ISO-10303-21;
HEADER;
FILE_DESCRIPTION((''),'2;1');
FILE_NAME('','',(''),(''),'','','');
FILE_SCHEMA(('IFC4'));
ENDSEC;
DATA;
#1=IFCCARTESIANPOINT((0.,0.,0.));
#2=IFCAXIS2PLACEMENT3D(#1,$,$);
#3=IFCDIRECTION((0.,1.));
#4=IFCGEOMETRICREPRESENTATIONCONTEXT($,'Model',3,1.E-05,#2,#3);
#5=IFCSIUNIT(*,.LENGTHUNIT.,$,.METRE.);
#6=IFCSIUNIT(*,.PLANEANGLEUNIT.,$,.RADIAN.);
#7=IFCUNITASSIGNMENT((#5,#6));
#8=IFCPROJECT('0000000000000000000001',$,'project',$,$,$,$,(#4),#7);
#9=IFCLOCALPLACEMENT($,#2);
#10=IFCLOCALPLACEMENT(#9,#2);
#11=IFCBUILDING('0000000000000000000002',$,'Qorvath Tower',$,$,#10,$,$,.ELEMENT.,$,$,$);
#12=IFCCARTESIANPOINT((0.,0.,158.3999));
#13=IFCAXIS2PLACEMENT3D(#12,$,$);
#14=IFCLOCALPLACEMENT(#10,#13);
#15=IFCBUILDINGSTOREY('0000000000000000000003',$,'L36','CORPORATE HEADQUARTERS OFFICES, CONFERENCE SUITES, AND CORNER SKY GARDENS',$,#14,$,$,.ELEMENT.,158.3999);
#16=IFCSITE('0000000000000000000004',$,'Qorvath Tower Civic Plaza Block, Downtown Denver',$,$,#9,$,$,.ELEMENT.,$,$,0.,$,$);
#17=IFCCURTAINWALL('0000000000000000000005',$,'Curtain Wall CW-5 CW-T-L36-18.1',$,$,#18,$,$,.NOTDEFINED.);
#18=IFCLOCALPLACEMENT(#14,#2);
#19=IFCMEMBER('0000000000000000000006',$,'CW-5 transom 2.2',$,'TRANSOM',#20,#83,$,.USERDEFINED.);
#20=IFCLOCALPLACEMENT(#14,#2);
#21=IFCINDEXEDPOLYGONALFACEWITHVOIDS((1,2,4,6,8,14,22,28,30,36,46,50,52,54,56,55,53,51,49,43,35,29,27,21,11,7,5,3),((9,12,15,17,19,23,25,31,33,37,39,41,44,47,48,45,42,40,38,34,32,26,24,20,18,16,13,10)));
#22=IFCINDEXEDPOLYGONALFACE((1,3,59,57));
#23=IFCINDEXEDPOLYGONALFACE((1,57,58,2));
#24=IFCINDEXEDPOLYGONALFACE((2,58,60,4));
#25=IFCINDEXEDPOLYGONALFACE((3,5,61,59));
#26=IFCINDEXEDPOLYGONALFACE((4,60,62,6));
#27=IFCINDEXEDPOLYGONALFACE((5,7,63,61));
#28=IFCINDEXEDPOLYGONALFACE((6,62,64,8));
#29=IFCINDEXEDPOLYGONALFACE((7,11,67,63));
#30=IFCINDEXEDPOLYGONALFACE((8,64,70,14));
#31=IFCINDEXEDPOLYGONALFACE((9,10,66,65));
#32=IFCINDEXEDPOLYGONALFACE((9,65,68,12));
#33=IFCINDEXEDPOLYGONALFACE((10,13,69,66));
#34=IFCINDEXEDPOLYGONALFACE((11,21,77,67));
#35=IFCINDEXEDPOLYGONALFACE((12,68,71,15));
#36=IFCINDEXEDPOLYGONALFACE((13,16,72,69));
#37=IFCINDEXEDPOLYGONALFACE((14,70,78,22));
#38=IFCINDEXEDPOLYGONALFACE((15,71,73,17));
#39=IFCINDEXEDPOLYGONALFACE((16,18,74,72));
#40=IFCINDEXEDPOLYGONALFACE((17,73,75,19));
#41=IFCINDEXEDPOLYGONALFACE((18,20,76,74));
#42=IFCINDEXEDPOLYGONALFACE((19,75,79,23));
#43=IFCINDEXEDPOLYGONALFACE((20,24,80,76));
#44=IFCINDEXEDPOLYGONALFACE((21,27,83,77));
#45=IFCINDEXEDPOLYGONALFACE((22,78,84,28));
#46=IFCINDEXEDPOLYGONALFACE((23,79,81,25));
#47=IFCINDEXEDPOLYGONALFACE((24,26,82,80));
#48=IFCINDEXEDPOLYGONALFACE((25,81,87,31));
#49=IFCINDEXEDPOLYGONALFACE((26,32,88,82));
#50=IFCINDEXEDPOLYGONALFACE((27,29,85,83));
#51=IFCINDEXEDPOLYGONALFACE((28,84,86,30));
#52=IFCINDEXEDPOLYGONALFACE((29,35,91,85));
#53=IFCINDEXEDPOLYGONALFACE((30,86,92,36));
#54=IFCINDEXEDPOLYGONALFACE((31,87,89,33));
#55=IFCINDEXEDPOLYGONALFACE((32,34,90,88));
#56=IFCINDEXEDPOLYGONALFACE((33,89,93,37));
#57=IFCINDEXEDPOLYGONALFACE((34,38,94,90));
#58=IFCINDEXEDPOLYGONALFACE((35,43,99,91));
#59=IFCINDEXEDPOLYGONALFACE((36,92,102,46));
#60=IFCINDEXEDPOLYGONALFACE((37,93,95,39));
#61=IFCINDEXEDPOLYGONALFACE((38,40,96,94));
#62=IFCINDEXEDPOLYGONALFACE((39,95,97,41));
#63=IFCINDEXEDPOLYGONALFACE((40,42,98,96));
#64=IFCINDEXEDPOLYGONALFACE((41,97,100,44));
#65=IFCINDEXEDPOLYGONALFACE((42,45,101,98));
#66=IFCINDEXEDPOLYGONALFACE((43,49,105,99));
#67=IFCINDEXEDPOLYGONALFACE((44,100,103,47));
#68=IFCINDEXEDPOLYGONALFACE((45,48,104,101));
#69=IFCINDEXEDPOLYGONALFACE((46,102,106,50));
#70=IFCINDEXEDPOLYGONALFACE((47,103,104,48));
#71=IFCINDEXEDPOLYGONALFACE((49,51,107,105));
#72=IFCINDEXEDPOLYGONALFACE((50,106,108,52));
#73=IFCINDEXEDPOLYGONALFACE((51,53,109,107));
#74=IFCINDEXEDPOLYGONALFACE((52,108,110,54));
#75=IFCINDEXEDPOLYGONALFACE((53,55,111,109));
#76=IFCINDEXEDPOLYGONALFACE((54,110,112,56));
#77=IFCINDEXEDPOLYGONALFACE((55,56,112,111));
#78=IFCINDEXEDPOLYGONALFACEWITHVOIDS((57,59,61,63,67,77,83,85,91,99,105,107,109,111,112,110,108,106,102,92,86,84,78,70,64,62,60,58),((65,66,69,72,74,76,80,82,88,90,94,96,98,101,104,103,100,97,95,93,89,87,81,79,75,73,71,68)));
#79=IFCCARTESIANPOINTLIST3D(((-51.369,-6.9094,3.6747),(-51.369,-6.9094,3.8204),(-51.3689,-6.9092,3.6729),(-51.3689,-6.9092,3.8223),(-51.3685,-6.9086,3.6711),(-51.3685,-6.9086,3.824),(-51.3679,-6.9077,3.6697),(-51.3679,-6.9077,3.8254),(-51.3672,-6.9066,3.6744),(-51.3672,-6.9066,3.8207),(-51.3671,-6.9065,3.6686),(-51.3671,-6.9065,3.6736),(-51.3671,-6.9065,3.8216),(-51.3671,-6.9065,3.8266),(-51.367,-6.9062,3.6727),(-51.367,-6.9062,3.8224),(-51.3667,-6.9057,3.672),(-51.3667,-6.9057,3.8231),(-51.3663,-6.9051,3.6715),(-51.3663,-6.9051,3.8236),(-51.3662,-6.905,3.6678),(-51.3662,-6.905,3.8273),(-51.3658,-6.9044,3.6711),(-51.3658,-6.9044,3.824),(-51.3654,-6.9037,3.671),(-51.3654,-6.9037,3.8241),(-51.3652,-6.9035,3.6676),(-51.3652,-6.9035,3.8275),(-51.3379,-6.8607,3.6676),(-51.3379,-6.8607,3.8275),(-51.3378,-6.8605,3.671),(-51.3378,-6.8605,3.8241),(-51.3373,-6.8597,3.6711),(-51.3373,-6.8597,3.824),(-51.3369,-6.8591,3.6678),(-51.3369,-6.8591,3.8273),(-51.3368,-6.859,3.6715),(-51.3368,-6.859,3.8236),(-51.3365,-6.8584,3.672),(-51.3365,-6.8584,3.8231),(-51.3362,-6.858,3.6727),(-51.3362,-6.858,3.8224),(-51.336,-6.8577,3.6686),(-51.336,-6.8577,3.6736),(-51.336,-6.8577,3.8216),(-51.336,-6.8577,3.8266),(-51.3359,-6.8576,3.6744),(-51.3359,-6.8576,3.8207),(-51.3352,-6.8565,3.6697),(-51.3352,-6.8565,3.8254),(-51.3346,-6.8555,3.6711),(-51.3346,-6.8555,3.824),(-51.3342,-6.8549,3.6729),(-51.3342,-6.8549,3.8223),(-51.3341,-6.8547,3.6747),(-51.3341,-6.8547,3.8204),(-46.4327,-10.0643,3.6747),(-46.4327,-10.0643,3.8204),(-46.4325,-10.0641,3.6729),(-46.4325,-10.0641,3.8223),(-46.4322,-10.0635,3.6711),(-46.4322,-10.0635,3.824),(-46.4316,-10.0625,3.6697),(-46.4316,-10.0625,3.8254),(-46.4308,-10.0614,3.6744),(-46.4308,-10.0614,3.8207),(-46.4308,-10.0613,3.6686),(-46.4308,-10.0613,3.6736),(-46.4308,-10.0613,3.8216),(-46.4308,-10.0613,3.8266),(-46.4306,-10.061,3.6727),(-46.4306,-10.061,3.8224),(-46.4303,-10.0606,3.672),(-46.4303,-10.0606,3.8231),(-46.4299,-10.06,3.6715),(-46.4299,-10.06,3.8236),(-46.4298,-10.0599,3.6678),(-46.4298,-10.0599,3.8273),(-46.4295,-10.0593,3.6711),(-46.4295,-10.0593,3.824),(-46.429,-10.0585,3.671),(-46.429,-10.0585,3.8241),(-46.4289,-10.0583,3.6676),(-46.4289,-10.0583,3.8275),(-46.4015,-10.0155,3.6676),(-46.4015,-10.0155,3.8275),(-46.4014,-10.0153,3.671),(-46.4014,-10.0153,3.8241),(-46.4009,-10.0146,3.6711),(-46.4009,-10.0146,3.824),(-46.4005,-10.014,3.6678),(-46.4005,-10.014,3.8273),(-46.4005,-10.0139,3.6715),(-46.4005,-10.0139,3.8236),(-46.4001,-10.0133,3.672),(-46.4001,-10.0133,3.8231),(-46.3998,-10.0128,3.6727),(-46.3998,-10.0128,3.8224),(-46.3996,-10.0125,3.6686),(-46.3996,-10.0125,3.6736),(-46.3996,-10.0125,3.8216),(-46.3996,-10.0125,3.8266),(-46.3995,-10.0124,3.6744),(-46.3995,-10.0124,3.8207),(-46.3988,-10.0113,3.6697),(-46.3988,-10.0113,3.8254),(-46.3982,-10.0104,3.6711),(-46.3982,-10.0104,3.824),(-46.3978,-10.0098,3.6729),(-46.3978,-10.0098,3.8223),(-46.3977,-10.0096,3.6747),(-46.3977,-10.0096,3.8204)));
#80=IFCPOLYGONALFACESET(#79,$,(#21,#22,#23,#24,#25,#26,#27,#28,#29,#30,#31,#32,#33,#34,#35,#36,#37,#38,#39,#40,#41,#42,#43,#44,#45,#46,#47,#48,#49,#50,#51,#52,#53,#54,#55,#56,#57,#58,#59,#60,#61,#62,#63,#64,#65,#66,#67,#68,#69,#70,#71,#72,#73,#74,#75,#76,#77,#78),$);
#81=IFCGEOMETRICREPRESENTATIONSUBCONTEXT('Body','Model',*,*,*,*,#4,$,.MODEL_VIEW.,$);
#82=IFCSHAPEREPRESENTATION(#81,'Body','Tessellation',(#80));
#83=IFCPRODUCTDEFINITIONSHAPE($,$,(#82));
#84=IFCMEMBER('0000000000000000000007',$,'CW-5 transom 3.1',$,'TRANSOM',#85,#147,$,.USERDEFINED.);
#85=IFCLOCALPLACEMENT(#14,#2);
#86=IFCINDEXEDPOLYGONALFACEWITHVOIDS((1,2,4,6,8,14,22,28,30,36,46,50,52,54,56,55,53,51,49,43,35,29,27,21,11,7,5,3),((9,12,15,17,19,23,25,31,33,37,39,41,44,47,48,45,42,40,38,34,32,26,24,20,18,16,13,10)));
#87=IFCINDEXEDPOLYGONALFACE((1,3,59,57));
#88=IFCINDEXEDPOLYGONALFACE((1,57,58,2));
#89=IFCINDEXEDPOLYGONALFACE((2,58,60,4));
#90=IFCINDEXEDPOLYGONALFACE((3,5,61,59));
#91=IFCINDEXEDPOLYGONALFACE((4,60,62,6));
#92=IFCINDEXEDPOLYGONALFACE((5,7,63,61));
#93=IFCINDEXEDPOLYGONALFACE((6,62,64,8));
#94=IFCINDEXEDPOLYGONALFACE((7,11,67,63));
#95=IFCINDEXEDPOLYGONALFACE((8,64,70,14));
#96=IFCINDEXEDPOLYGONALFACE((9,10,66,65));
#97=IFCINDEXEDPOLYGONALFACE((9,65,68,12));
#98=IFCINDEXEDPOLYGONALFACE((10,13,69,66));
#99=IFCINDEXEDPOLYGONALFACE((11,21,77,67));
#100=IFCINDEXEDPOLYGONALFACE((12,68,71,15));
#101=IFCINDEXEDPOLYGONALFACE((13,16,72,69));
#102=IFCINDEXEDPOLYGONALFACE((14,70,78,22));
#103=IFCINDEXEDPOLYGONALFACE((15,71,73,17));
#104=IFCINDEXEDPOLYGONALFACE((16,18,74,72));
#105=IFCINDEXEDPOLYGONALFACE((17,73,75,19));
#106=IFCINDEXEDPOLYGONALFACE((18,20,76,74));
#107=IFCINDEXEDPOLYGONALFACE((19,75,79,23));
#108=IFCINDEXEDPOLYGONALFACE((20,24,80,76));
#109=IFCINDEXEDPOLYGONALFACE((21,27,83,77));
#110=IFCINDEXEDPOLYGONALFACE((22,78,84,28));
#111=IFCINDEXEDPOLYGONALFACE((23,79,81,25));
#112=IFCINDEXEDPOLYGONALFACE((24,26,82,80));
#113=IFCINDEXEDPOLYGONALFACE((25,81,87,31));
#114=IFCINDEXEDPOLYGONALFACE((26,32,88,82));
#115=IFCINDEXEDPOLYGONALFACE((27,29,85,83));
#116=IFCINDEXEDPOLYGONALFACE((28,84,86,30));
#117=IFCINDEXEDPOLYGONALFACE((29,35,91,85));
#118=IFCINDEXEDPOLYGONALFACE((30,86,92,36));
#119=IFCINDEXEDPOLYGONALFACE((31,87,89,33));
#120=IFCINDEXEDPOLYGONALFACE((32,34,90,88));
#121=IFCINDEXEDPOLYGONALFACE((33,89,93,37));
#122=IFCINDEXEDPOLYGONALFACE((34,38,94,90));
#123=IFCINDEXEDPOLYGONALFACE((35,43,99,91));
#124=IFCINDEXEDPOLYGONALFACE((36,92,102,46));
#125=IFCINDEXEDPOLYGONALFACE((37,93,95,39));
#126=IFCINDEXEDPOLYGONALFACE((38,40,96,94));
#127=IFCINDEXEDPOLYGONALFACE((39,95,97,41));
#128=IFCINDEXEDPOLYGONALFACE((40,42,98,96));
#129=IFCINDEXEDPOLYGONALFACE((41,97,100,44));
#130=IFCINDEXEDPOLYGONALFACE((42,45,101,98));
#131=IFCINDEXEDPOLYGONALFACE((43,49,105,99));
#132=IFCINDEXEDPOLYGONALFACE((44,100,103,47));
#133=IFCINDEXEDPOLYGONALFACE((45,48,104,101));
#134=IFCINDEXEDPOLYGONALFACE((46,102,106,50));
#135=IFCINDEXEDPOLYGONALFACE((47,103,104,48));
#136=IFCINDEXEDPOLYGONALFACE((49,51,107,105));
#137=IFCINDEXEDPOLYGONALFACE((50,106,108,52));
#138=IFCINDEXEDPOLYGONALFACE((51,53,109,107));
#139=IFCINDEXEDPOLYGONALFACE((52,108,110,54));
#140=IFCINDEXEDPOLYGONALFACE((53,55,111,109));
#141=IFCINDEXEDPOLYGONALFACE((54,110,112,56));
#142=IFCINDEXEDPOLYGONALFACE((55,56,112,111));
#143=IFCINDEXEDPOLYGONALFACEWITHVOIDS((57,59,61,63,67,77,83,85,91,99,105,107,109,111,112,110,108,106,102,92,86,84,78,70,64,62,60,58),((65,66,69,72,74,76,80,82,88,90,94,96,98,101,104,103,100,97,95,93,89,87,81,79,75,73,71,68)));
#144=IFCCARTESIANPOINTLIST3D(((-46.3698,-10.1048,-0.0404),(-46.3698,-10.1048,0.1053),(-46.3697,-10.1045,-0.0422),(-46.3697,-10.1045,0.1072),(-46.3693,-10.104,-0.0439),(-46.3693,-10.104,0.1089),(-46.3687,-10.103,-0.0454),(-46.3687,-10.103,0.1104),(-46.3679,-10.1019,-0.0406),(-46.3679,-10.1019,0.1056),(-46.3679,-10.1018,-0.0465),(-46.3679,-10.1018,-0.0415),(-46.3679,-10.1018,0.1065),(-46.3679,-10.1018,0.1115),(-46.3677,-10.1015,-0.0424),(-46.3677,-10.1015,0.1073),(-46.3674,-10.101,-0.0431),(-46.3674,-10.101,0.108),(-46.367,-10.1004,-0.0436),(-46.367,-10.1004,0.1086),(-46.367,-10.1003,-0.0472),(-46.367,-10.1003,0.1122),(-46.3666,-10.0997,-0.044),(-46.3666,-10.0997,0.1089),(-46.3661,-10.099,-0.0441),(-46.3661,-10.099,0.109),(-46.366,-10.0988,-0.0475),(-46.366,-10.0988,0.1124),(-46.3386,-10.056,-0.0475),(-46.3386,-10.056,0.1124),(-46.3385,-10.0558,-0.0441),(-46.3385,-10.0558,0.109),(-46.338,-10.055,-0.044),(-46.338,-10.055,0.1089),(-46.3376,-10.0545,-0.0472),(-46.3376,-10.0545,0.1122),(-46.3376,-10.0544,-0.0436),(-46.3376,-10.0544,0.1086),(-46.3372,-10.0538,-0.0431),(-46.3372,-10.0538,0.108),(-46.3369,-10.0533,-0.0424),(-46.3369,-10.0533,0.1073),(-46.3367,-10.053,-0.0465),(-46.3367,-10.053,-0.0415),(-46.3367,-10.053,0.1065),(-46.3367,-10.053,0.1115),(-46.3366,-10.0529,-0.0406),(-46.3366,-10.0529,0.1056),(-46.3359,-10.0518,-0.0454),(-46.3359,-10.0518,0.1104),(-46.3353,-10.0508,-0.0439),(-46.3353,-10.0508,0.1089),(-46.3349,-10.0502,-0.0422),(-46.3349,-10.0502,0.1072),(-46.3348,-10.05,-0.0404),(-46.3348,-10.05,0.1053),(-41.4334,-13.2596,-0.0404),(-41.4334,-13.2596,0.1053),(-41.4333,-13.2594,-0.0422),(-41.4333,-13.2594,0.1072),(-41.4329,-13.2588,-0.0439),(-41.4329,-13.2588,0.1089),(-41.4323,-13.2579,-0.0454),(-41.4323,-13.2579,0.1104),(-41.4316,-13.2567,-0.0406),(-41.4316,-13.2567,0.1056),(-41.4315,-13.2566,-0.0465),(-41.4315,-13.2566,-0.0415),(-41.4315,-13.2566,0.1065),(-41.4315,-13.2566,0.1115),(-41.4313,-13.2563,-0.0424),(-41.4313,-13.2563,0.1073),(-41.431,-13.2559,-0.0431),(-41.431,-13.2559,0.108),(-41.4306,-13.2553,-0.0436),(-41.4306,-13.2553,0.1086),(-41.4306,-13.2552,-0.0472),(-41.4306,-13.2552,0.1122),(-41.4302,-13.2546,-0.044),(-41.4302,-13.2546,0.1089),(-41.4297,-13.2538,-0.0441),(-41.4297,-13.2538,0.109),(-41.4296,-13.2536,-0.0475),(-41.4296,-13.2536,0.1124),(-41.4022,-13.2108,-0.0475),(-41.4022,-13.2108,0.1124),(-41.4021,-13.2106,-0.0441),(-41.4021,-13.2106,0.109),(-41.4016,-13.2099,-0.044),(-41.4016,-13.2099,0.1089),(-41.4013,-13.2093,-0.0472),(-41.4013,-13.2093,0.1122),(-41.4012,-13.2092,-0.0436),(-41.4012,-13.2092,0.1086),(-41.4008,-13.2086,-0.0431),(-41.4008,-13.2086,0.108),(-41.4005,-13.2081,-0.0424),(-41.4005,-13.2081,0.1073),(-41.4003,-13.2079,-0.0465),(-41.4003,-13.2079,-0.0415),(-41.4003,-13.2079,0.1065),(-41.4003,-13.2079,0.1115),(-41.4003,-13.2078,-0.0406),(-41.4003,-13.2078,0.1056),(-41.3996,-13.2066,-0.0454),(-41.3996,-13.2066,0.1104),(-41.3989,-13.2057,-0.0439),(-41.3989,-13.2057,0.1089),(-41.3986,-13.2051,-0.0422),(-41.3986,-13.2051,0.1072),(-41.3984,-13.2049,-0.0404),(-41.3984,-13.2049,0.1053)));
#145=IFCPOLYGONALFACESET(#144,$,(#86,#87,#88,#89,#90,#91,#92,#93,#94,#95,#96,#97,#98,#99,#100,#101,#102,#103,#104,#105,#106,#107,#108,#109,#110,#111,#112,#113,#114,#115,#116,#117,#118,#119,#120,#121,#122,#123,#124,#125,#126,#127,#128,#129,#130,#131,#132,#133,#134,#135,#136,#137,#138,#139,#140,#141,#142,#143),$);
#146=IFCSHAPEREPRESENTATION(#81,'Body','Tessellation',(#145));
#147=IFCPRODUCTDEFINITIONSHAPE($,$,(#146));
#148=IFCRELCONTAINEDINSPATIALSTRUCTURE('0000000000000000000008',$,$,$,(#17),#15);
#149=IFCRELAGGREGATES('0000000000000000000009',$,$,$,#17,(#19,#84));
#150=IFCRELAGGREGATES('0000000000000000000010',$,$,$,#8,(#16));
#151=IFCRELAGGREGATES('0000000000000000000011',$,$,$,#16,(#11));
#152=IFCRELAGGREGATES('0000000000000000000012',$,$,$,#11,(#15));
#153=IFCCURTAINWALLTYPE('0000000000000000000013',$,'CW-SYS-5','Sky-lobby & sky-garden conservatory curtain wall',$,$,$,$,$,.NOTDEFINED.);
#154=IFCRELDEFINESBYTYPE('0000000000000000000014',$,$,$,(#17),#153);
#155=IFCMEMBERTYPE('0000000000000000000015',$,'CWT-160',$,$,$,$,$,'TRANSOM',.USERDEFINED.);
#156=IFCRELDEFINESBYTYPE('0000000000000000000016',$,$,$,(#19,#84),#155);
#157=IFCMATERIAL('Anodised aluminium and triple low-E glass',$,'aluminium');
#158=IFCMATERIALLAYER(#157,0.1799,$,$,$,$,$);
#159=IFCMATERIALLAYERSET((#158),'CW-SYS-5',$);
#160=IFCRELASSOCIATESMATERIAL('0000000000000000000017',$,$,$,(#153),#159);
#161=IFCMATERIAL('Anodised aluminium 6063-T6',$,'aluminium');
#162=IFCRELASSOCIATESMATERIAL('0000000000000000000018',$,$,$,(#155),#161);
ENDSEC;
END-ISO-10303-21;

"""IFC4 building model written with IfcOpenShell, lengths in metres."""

from ifc_helpers import new_model, si_unit, direction, frame, origin, origin_2d, place, context, subcontext, project, spatial, hollow_rectangle, extrude, material, layer, layer_set, material_profile, profile_set, type_object, element, aggregate, save


model = new_model("IFC4")

# Units and contexts
model_context = context("Model", 3, precision=1e-05, world=origin(), true_north=direction((0.0, 1.0)))
body_context = subcontext(model_context, "Body", "Model", "MODEL_VIEW")
ifc_project = project(units=[si_unit("LENGTHUNIT", "METRE"), si_unit("PLANEANGLEUNIT", "RADIAN")], contexts=[model_context])

# Site, building, storey
site_placement = place(None, origin())
site = spatial("IfcSite", under=ifc_project, at=site_placement, Name="Qorvath Tower Civic Plaza Block, Downtown Denver", CompositionType="ELEMENT", RefElevation=0.0)
building_placement = place(site_placement, origin())
building = spatial("IfcBuilding", under=site, at=building_placement, Name="Qorvath Tower", CompositionType="ELEMENT")
storey_placement = place(building_placement, frame((0.0, 0.0, 158.3999)))
storey = spatial("IfcBuildingStorey", under=building, at=storey_placement, Name="L36", Description="CORPORATE HEADQUARTERS OFFICES, CONFERENCE SUITES, AND CORNER SKY GARDENS", CompositionType="ELEMENT", Elevation=158.3999)

# Shared definitions
ifc_material_1 = material(Name="Anodised aluminium and triple low-E glass", Category="aluminium")
ifc_layer_1 = layer(ifc_material_1, 0.1799)
ifc_layer_set_1 = layer_set([ifc_layer_1], Name="CW-SYS-5")
curtain_wall_type = type_object("IfcCurtainWallType", Name="CW-SYS-5", Description="Sky-lobby & sky-garden conservatory curtain wall", PredefinedType="NOTDEFINED", material=ifc_layer_set_1)

# Curtain wall, members
curtain_wall_1_placement = place(storey_placement, origin())
curtain_wall_1 = element("IfcCurtainWall", 1, at=curtain_wall_1_placement, inside=storey, type_object=curtain_wall_type, Name="Curtain Wall CW-5 CW-T-L36-18.1", PredefinedType="NOTDEFINED")
ifc_material_2 = material(Name="Anodised aluminium 6063-T6", Category="aluminium")
ifc_material_profile_1 = material_profile(ifc_material_2, hollow_rectangle(XDim=0.0649, YDim=0.1599, WallThickness=0.0034, InnerFilletRadius=0.0034, OuterFilletRadius=0.0071, at=origin_2d()), Name="CWT 160x65")
ifc_profile_set_1 = profile_set([ifc_material_profile_1], Name="Anodised aluminium 6063-T6")
member_type_1 = type_object("IfcMemberType", Name="CWT-160", ElementType="TRANSOM", PredefinedType="USERDEFINED", material=ifc_profile_set_1)
member_1_placement = place(storey_placement, frame((-51.3516, -6.8821, 3.7476), z_axis=(0.842615, -0.538517, 0.0), x_axis=(0.538517, 0.842615, 0.0)))
member_1 = element("IfcMember", 2, at=member_1_placement, type_object=member_type_1, Name="CW-5 transom 2.2", ObjectType="TRANSOM", PredefinedType="USERDEFINED", context=body_context, shape_type="SweptSolid", body=[
    extrude(hollow_rectangle(XDim=0.0649, YDim=0.1599, WallThickness=0.0034, InnerFilletRadius=0.0034, OuterFilletRadius=0.0071, at=origin_2d()), origin(), (0.0, 0.0, 1.0), 5.8584),
])
member_2_placement = place(storey_placement, frame((-46.3523, -10.0774, 0.0325), z_axis=(0.842615, -0.538517, 0.0), x_axis=(0.538517, 0.842615, 0.0)))
member_2 = element("IfcMember", 3, at=member_2_placement, type_object=member_type_1, Name="CW-5 transom 3.1", ObjectType="TRANSOM", PredefinedType="USERDEFINED", context=body_context, shape_type="SweptSolid", body=[
    extrude(hollow_rectangle(XDim=0.0649, YDim=0.1599, WallThickness=0.0034, InnerFilletRadius=0.0034, OuterFilletRadius=0.0071, at=origin_2d()), origin(), (0.0, 0.0, 1.0), 5.8584),
])

aggregate(curtain_wall_1, [member_1, member_2])

save(model, "model.ifc")
